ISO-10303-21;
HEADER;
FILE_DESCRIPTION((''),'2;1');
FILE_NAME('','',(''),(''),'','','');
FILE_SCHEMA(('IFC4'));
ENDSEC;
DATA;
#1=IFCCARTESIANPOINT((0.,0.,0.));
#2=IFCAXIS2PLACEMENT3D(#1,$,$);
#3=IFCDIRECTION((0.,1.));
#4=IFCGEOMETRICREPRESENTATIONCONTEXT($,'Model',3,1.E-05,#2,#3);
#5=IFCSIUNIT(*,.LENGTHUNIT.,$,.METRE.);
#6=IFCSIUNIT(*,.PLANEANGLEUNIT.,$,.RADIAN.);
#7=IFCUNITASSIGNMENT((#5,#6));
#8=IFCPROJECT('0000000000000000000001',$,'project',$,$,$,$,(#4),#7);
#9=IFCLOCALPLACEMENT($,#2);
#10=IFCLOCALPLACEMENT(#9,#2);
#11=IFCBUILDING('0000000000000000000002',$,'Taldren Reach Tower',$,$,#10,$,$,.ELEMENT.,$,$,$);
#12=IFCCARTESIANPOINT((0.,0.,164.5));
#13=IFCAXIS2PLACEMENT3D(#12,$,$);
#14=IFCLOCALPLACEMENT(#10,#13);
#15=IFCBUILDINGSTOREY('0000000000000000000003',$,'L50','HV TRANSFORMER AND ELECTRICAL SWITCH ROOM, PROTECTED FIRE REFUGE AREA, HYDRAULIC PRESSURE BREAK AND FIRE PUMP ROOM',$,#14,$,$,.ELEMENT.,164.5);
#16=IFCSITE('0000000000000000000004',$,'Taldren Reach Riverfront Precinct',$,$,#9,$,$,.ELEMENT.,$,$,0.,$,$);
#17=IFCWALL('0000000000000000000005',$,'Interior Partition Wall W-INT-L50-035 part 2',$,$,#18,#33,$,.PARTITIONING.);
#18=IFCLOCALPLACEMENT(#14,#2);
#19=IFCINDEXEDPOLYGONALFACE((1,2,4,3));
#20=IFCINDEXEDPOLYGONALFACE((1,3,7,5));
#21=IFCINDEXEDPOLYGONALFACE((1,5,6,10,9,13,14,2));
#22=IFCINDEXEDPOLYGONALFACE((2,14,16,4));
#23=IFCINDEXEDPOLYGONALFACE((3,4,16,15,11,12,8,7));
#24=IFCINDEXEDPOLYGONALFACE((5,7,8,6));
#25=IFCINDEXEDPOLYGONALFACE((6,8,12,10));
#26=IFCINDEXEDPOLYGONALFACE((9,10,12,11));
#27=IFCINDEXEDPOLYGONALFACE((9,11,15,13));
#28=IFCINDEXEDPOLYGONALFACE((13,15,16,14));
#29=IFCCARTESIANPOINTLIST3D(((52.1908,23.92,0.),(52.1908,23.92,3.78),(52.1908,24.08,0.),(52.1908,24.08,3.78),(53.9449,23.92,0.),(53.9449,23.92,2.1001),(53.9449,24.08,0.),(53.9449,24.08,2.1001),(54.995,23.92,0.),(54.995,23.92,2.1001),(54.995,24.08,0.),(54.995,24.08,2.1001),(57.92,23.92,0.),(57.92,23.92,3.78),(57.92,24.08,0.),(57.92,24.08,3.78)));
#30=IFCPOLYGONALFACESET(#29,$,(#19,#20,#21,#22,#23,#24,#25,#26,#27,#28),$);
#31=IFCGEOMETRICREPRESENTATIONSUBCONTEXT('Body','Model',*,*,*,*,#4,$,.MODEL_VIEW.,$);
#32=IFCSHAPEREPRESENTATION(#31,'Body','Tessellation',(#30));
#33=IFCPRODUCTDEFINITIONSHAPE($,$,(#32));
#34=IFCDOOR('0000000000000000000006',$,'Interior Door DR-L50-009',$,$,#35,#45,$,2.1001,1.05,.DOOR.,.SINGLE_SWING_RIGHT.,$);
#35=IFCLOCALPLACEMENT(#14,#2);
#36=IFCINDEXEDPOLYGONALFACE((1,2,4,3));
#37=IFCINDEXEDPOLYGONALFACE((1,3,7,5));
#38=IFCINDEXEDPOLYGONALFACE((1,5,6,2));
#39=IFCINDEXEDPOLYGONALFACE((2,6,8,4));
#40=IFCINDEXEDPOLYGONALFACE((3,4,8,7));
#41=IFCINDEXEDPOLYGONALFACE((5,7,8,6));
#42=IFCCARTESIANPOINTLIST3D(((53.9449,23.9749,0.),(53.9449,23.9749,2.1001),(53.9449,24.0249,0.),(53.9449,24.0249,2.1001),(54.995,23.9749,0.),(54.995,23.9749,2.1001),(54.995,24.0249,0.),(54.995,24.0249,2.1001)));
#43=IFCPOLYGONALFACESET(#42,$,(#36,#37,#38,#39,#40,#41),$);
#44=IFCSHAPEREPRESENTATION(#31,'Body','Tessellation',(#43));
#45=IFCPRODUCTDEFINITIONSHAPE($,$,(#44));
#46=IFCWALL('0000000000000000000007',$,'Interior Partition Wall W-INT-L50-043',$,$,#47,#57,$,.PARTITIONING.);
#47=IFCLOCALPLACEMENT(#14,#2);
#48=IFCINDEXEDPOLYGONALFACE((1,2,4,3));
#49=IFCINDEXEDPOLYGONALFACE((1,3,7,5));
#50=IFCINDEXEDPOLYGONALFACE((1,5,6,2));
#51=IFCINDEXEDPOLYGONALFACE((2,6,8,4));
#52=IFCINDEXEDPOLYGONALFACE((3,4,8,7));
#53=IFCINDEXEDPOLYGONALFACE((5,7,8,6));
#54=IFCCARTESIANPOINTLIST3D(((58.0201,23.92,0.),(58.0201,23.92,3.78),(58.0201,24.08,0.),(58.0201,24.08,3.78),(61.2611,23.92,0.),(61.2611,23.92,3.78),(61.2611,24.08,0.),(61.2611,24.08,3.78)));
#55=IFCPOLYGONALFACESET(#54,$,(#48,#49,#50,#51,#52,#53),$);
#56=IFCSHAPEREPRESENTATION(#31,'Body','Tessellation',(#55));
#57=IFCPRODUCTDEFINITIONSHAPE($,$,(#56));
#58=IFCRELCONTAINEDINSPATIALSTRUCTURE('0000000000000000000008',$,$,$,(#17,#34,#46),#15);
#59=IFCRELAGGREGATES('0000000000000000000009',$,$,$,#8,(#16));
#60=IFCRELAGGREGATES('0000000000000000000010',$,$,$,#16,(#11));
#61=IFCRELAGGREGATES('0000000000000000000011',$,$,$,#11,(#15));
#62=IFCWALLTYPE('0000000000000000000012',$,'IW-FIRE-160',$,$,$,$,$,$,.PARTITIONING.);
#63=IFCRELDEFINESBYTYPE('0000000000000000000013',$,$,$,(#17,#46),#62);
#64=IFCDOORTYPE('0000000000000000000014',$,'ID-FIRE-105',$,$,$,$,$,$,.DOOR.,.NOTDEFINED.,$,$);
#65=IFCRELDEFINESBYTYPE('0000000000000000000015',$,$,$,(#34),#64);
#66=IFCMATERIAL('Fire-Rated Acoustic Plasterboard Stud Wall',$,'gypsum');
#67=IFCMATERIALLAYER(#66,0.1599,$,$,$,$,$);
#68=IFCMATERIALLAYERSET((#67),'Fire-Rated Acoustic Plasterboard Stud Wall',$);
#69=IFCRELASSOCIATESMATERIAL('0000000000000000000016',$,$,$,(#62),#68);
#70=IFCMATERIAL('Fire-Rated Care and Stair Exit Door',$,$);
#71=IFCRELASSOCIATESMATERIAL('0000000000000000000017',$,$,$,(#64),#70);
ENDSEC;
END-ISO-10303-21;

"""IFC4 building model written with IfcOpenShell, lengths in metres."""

from ifc_helpers import new_model, si_unit, direction, frame, frame_2d, origin, place, context, subcontext, project, spatial, rectangle, extrude, source, transform, mapped, material, layer, layer_set, type_object, element, fill, save


model = new_model("IFC4")

# Units and contexts
model_context = context("Model", 3, precision=1e-05, world=origin(), true_north=direction((0.0, 1.0)))
body_context = subcontext(model_context, "Body", "Model", "MODEL_VIEW")
ifc_project = project(units=[si_unit("LENGTHUNIT", "METRE"), si_unit("PLANEANGLEUNIT", "RADIAN")], contexts=[model_context])

# Site, building, storey
site_placement = place(None, origin())
site = spatial("IfcSite", under=ifc_project, at=site_placement, Name="Taldren Reach Riverfront Precinct", CompositionType="ELEMENT", RefElevation=0.0)
building_placement = place(site_placement, origin())
building = spatial("IfcBuilding", under=site, at=building_placement, Name="Taldren Reach Tower", CompositionType="ELEMENT")
storey_placement = place(building_placement, frame((0.0, 0.0, 164.5)))
storey = spatial("IfcBuildingStorey", under=building, at=storey_placement, Name="L50", Description="HV TRANSFORMER AND ELECTRICAL SWITCH ROOM, PROTECTED FIRE REFUGE AREA, HYDRAULIC PRESSURE BREAK AND FIRE PUMP ROOM", CompositionType="ELEMENT", Elevation=164.5)

# Wall, opening, door
ifc_material_1 = material(Name="Fire-Rated Acoustic Plasterboard Stud Wall", Category="gypsum")
ifc_layer_1 = layer(ifc_material_1, 0.1599)
ifc_layer_set_1 = layer_set([ifc_layer_1], Name="Fire-Rated Acoustic Plasterboard Stud Wall")
wall_type_1 = type_object("IfcWallType", Name="IW-FIRE-160", PredefinedType="PARTITIONING", material=ifc_layer_set_1)
shared_shape_1 = source(origin(), body_context, "Body", "SweptSolid", [
    extrude(rectangle(XDim=5.7292, YDim=0.1599, at=frame_2d((2.8647, 0.0))), origin(), (0.0, 0.0, 1.0), 3.78),
])
wall_1_placement = place(storey_placement, frame((52.1907, 24.0, 0.0), z_axis=(0.0, 0.0, 1.0), x_axis=(1.0, 0.0, 0.0)))
wall_1 = element("IfcWall", 1, at=wall_1_placement, inside=storey, type_object=wall_type_1, Name="Interior Partition Wall W-INT-L50-035 part 2", PredefinedType="PARTITIONING", context=body_context, shape_type="MappedRepresentation", body=[
    mapped(shared_shape_1, transform((0.0, 0.0, 0.0), scale=1.0)),
])
shared_shape_2 = source(origin(), body_context, "Body", "SweptSolid", [
    extrude(rectangle(XDim=1.05, YDim=2.1001, at=frame_2d((0.5249, 1.05))), frame((0.0, 0.0898, 0.0), z_axis=(0.0, -1.0, 0.0), x_axis=(1.0, 0.0, 0.0)), (0.0, 0.0, 1.0), 0.1799),
])
opening_1_placement = place(wall_1_placement, frame((1.7544, 0.0, 0.0)))
opening_1 = element("IfcOpeningElement", 2, at=opening_1_placement, cuts=wall_1, PredefinedType="OPENING", context=body_context, shape_type="MappedRepresentation", body=[
    mapped(shared_shape_2, transform((0.0, 0.0, 0.0), scale=1.0)),
])
ifc_material_2 = material(Name="Fire-Rated Care and Stair Exit Door")
door_type = type_object("IfcDoorType", Name="ID-FIRE-105", OperationType="NOTDEFINED", PredefinedType="DOOR", material=ifc_material_2)
shared_shape_3 = source(origin(), body_context, "Body", "SweptSolid", [
    extrude(rectangle(XDim=1.05, YDim=2.1001, at=frame_2d((0.5249, 1.05))), frame((0.0, 0.0249, 0.0), z_axis=(0.0, -1.0, 0.0), x_axis=(1.0, 0.0, 0.0)), (0.0, 0.0, 1.0), 0.05),
])
door_placement = place(opening_1_placement, origin())
door = element("IfcDoor", 3, at=door_placement, inside=storey, type_object=door_type, Name="Interior Door DR-L50-009", OperationType="SINGLE_SWING_RIGHT", OverallHeight=2.1001, OverallWidth=1.05, PredefinedType="DOOR", context=body_context, shape_type="MappedRepresentation", body=[
    mapped(shared_shape_3, transform((0.0, 0.0, 0.0), scale=1.0)),
])
fill(opening_1, door)

# Wall
shared_shape_4 = source(origin(), body_context, "Body", "SweptSolid", [
    extrude(rectangle(XDim=3.241, YDim=0.1599, at=frame_2d((1.6206, 0.0))), origin(), (0.0, 0.0, 1.0), 3.78),
])
wall_2_placement = place(storey_placement, frame((61.2612, 24.0, 0.0), z_axis=(0.0, 0.0, 1.0), x_axis=(-1.0, 0.0, 0.0)))
element("IfcWall", 4, at=wall_2_placement, inside=storey, type_object=wall_type_1, Name="Interior Partition Wall W-INT-L50-043", PredefinedType="PARTITIONING", context=body_context, shape_type="MappedRepresentation", body=[
    mapped(shared_shape_4, transform((0.0, 0.0, 0.0), scale=1.0)),
])

save(model, "model.ifc")
